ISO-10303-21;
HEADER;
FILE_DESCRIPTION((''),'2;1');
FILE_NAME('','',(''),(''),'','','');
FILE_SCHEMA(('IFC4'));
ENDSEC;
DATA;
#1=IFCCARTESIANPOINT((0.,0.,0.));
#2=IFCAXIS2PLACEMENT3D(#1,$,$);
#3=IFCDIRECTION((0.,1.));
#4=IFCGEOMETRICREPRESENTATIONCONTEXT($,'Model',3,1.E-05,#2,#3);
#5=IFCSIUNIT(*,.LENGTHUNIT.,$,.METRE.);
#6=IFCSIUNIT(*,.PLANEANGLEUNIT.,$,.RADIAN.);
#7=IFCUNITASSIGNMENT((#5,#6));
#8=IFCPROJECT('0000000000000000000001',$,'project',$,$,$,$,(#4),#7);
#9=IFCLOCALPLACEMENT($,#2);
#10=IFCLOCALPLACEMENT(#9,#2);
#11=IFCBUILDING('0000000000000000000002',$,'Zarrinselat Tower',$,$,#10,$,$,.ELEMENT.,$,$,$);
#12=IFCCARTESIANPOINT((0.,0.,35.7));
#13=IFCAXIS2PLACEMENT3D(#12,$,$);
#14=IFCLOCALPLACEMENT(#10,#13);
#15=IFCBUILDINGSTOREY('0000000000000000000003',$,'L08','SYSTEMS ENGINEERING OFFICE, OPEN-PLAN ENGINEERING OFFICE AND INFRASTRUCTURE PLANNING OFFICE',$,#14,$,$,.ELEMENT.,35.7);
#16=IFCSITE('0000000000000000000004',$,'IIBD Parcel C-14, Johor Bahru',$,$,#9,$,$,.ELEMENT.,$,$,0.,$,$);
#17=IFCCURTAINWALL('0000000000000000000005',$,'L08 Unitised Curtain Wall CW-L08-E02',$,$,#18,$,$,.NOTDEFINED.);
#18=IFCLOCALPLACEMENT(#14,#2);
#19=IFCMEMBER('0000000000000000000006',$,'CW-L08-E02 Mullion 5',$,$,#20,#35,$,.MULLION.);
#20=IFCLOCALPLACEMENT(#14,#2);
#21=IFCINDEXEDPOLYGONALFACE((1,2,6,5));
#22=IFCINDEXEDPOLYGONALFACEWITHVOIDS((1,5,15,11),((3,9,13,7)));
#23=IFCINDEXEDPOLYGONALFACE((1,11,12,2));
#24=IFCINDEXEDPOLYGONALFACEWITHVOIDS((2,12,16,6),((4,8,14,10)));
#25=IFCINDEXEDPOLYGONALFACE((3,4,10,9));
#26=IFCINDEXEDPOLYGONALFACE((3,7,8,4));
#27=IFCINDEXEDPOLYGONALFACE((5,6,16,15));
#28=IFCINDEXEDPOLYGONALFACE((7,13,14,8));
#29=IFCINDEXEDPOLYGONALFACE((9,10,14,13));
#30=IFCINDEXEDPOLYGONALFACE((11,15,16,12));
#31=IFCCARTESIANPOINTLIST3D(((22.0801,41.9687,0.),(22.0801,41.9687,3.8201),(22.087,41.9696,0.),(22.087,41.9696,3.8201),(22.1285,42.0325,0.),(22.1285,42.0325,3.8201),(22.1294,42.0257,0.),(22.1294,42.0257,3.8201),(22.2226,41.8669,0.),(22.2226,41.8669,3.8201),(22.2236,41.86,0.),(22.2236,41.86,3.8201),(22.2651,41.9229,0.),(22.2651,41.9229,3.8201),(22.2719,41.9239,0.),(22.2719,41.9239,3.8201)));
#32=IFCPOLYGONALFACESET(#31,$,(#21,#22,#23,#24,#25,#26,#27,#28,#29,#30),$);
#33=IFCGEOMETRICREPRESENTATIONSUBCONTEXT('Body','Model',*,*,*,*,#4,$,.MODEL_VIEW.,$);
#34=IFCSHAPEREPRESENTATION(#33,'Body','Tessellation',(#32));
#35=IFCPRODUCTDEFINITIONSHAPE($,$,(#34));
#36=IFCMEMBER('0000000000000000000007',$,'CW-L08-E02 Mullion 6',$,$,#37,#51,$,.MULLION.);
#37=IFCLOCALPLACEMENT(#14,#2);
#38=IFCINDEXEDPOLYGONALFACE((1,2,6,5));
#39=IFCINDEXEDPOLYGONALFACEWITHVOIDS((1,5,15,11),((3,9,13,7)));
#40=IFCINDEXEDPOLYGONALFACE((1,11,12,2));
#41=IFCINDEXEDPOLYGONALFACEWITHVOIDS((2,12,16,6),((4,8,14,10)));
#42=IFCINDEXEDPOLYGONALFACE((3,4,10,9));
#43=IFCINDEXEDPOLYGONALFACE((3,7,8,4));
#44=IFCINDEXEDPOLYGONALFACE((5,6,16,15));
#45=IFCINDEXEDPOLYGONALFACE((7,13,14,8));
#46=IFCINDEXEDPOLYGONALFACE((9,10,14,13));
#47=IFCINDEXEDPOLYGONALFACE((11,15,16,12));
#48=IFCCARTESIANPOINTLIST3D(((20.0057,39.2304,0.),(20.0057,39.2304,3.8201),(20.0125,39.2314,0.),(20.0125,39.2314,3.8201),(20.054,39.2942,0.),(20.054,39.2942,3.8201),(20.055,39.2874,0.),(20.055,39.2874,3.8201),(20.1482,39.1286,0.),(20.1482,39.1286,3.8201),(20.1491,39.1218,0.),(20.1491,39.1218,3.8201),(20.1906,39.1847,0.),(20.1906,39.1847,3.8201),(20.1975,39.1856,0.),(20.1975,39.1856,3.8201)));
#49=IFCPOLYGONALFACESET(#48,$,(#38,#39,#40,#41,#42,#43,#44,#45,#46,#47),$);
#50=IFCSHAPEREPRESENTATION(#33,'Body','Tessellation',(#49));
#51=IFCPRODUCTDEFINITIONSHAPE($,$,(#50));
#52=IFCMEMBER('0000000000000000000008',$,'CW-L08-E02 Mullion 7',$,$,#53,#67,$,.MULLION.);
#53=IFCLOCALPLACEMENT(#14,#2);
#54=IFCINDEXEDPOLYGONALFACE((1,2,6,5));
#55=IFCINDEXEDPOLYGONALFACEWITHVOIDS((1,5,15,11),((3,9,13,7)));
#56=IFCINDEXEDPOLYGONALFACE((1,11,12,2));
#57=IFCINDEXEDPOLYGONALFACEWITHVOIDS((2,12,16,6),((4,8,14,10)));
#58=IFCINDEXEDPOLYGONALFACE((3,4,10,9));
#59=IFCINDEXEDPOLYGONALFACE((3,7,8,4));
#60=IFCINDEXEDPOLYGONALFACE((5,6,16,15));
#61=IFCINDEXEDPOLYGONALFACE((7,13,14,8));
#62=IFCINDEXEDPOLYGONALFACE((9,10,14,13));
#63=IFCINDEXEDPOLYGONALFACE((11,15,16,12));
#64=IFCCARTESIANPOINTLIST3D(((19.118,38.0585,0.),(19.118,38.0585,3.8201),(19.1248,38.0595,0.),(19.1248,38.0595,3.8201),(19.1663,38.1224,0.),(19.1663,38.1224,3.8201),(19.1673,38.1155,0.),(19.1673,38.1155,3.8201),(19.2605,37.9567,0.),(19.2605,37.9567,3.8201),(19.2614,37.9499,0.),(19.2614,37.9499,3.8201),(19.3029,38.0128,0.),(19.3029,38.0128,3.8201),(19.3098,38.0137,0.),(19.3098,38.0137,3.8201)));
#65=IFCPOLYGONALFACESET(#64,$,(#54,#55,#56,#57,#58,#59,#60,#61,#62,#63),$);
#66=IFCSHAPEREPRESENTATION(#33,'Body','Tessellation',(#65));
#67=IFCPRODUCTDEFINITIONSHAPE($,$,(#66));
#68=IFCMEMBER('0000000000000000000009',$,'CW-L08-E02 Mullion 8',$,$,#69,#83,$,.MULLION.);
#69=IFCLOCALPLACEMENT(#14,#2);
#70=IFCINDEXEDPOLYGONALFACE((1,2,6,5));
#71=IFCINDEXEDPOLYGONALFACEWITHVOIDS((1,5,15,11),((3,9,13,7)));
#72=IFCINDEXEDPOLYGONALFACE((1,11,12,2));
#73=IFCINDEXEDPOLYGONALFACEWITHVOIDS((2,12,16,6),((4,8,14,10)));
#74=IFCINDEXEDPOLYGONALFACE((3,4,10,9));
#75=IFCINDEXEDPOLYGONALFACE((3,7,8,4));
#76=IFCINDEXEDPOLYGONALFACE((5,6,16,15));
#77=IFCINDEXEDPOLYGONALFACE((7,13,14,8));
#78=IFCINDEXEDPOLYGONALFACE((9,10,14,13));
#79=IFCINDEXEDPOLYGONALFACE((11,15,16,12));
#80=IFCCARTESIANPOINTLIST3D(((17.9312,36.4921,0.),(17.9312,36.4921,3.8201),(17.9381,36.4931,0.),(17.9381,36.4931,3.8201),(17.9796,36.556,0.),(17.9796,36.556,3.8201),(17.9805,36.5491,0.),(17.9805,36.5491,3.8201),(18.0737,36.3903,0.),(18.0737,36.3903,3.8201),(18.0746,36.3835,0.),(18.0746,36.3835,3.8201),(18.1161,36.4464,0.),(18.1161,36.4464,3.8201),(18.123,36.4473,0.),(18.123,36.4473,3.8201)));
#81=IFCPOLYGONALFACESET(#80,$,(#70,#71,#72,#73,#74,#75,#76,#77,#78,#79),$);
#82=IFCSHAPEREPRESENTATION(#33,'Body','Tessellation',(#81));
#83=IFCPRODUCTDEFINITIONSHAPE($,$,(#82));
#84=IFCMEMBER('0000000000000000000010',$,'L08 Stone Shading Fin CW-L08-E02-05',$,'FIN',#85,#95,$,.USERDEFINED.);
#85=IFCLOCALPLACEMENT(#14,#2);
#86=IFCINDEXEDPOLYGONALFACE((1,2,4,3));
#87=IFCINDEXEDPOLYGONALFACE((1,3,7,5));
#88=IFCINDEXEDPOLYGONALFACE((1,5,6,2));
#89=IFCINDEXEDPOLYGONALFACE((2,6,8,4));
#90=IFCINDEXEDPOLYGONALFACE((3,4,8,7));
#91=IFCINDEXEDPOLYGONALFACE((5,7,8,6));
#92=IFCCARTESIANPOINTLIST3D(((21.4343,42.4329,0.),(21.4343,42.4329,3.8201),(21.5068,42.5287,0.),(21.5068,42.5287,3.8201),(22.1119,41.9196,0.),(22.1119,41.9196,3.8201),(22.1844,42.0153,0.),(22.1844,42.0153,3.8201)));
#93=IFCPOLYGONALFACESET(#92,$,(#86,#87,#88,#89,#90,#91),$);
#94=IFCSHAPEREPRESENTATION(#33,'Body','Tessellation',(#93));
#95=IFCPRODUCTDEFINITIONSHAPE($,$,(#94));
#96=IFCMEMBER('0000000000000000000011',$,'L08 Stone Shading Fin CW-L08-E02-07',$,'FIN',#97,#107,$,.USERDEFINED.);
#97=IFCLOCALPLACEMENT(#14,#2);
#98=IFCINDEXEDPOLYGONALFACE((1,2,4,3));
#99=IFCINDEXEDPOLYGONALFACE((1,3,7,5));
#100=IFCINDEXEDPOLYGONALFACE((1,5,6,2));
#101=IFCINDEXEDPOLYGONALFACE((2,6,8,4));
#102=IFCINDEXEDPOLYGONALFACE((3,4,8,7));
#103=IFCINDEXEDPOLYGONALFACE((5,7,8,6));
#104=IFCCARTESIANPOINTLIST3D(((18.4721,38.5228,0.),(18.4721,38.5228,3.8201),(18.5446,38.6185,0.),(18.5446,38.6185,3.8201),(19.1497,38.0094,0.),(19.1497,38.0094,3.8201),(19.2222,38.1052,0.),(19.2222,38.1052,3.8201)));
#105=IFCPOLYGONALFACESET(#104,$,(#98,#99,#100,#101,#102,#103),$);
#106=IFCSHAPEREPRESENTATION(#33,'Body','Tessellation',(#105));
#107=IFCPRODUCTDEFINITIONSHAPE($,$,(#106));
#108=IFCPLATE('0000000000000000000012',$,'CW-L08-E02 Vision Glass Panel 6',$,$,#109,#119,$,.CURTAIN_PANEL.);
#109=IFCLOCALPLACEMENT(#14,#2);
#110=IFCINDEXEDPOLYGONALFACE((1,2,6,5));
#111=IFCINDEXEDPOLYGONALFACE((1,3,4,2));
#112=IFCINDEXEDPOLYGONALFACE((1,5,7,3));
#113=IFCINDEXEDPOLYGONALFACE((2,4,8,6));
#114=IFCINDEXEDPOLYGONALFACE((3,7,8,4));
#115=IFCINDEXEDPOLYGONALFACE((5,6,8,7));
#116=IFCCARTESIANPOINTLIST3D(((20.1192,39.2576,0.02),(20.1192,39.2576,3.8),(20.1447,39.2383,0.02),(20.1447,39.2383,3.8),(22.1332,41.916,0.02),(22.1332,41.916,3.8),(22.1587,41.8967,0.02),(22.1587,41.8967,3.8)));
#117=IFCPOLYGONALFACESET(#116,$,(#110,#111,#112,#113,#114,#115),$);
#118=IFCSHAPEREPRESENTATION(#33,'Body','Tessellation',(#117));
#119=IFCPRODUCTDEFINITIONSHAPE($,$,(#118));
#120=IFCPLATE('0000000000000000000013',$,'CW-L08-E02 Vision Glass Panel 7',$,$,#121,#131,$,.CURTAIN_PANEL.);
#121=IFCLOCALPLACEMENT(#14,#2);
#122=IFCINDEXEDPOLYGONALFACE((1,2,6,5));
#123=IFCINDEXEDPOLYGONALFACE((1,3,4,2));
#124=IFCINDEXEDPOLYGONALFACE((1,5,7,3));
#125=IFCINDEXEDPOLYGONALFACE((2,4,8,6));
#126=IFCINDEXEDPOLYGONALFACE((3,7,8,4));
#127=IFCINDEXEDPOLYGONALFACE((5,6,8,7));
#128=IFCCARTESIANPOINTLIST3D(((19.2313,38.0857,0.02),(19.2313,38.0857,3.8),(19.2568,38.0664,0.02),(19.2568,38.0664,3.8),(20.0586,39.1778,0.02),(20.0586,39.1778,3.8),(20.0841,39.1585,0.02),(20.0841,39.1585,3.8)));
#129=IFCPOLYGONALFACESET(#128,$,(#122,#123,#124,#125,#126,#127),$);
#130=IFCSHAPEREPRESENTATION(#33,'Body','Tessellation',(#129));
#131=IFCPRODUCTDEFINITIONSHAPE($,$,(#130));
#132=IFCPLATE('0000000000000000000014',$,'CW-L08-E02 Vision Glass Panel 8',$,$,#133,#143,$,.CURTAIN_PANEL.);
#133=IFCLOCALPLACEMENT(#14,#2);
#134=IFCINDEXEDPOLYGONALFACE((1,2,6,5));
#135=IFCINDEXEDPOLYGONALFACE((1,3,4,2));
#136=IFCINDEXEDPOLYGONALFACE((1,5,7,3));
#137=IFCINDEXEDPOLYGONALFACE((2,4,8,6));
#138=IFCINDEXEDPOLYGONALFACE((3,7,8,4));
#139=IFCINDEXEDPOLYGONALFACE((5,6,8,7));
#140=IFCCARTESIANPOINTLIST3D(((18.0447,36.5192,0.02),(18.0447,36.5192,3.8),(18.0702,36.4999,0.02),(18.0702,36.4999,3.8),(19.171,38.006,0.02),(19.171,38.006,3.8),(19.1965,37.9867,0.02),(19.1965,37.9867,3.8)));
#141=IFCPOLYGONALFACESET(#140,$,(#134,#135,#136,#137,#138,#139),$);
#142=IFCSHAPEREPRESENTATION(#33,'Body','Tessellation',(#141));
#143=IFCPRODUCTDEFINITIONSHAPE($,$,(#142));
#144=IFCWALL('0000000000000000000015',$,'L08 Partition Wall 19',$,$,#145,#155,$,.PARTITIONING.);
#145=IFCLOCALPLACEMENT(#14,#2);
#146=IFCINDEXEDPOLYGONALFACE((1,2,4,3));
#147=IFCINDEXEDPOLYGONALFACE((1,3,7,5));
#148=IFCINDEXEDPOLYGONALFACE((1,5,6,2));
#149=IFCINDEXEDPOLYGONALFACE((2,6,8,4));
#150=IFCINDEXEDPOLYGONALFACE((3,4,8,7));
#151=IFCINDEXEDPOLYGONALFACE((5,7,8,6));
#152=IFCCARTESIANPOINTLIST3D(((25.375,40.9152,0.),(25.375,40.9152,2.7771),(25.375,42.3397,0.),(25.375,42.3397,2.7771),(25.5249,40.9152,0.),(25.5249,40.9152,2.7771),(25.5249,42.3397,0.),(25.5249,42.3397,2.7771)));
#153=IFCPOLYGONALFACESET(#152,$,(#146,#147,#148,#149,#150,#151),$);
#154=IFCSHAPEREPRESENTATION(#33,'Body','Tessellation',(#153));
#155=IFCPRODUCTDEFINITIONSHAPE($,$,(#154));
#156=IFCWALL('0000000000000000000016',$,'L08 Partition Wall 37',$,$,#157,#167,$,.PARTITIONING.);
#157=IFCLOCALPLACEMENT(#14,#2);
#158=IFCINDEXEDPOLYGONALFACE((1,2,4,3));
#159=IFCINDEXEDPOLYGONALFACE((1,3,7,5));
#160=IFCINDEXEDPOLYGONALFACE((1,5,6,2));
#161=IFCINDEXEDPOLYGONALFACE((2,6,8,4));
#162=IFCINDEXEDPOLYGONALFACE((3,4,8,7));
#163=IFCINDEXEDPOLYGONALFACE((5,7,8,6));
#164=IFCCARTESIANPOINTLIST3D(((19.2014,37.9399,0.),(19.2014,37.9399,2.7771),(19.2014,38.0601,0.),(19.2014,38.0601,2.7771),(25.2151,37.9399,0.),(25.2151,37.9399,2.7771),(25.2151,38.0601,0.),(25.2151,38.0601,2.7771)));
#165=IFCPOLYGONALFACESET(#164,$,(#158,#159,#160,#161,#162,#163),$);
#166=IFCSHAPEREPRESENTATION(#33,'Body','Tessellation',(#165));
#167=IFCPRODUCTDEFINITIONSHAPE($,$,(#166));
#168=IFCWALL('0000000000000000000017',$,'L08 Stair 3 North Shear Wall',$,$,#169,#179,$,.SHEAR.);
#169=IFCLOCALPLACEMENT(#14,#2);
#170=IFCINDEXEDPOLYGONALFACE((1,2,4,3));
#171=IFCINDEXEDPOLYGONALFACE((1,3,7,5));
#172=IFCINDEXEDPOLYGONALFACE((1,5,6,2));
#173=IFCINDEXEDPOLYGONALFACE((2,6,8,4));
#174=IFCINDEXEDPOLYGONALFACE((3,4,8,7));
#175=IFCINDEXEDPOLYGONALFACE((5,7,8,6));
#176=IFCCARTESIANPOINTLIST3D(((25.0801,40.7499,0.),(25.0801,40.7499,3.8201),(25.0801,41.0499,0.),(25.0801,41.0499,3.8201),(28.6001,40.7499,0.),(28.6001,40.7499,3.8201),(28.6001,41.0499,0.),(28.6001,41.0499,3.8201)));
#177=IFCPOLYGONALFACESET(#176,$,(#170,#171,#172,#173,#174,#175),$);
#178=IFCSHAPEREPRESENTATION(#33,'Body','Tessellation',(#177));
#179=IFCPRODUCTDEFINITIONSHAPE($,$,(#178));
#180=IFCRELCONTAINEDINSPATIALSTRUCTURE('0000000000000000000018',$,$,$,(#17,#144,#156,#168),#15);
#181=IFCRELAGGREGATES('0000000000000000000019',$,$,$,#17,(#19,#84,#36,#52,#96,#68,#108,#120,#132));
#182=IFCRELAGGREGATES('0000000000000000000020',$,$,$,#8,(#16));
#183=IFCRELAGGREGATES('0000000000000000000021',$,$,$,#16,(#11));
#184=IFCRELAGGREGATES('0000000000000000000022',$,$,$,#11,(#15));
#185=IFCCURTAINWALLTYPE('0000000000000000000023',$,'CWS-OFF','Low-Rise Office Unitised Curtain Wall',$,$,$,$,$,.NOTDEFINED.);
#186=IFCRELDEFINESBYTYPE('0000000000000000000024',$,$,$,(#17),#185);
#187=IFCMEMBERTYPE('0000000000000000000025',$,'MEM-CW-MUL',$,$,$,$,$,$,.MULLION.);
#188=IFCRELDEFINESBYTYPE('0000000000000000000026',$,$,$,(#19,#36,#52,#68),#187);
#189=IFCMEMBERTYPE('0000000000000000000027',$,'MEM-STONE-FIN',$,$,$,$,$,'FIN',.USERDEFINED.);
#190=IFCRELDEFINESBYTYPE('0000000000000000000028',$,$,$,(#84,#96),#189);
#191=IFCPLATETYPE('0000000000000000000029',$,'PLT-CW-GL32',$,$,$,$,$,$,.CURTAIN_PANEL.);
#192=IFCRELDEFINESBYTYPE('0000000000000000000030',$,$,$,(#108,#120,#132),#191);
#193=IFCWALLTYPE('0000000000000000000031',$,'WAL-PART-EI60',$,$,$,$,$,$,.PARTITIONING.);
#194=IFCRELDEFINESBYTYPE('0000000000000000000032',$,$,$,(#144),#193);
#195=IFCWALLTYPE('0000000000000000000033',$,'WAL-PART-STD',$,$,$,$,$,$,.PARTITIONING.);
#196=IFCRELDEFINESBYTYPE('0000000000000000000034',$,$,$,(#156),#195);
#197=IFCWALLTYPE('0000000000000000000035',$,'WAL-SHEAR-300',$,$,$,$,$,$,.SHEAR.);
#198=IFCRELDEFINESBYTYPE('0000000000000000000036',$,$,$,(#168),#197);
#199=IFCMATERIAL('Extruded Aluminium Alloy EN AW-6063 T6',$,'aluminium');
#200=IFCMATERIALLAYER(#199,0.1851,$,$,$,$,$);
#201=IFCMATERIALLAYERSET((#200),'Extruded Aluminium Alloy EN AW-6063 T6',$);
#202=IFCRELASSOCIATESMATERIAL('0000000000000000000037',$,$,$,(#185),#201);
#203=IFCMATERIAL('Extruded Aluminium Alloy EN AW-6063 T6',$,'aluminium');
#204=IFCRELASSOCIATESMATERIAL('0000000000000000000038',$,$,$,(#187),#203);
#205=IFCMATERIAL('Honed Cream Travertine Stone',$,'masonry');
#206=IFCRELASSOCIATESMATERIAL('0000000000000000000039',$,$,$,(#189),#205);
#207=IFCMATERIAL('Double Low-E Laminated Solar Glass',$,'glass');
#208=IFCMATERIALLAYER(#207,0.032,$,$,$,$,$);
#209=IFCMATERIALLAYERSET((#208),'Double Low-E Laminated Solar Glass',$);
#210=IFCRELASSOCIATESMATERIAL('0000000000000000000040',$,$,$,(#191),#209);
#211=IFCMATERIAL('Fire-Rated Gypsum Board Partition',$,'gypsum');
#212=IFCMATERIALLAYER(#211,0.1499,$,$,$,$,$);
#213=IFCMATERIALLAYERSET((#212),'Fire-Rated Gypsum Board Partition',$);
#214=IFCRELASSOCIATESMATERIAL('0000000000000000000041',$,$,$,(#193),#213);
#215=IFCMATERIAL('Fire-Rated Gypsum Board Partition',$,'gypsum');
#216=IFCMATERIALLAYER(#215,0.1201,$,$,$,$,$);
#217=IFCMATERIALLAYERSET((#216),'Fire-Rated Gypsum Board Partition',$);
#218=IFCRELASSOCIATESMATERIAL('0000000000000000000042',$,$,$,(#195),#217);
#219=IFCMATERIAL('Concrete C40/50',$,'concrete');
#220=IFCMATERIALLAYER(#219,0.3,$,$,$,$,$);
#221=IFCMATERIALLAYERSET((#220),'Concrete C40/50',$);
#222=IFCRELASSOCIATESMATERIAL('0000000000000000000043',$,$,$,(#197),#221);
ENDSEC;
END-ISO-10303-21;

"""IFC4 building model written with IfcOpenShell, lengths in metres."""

from ifc_helpers import new_model, si_unit, direction, frame, frame_2d, origin, origin_2d, place, context, subcontext, project, spatial, rectangle, hollow_rectangle, extrude, material, layer, layer_set, material_profile, profile_set, type_object, element, aggregate, save


model = new_model("IFC4")

# Units and contexts
model_context = context("Model", 3, precision=1e-05, world=origin(), true_north=direction((0.0, 1.0)))
body_context = subcontext(model_context, "Body", "Model", "MODEL_VIEW")
ifc_project = project(units=[si_unit("LENGTHUNIT", "METRE"), si_unit("PLANEANGLEUNIT", "RADIAN")], contexts=[model_context])

# Site, building, storey
site_placement = place(None, origin())
site = spatial("IfcSite", under=ifc_project, at=site_placement, Name="IIBD Parcel C-14, Johor Bahru", CompositionType="ELEMENT", RefElevation=0.0)
building_placement = place(site_placement, origin())
building = spatial("IfcBuilding", under=site, at=building_placement, Name="Zarrinselat Tower", CompositionType="ELEMENT")
storey_placement = place(building_placement, frame((0.0, 0.0, 35.7)))
storey = spatial("IfcBuildingStorey", under=building, at=storey_placement, Name="L08", Description="SYSTEMS ENGINEERING OFFICE, OPEN-PLAN ENGINEERING OFFICE AND INFRASTRUCTURE PLANNING OFFICE", CompositionType="ELEMENT", Elevation=35.7)

# Curtain wall, members, plates
ifc_material_1 = material(Name="Extruded Aluminium Alloy EN AW-6063 T6", Category="aluminium")
ifc_layer_1 = layer(ifc_material_1, 0.1851)
ifc_layer_set_1 = layer_set([ifc_layer_1], Name="Extruded Aluminium Alloy EN AW-6063 T6")
curtain_wall_type = type_object("IfcCurtainWallType", Name="CWS-OFF", Description="Low-Rise Office Unitised Curtain Wall", PredefinedType="NOTDEFINED", material=ifc_layer_set_1)
curtain_wall_placement = place(storey_placement, origin())
curtain_wall = element("IfcCurtainWall", 1, at=curtain_wall_placement, inside=storey, type_object=curtain_wall_type, Name="L08 Unitised Curtain Wall CW-L08-E02", PredefinedType="NOTDEFINED")
ifc_material_2 = material(Name="Extruded Aluminium Alloy EN AW-6063 T6", Category="aluminium")
ifc_material_profile_1 = material_profile(ifc_material_2, hollow_rectangle(XDim=0.0801, YDim=0.1799, WallThickness=0.0049, at=origin_2d()), Name="RHS 180x80x5")
ifc_profile_set_1 = profile_set([ifc_material_profile_1], Name="Extruded Aluminium Alloy EN AW-6063 T6")
member_type_1 = type_object("IfcMemberType", Name="MEM-CW-MUL", PredefinedType="MULLION", material=ifc_profile_set_1)
member_1_placement = place(storey_placement, frame((22.176, 41.9463, 0.0), z_axis=(0.0, 0.0, 1.0), x_axis=(-0.603859, -0.797091, 0.0)))
member_1 = element("IfcMember", 2, at=member_1_placement, type_object=member_type_1, Name="CW-L08-E02 Mullion 5", PredefinedType="MULLION", context=body_context, shape_type="SweptSolid", body=[
    extrude(hollow_rectangle(XDim=0.0801, YDim=0.1799, WallThickness=0.0049, at=origin_2d()), origin(), (0.0, 0.0, 1.0), 3.8201),
])
member_2_placement = place(storey_placement, frame((20.1016, 39.208, 0.0), z_axis=(0.0, 0.0, 1.0), x_axis=(-0.603859, -0.797091, 0.0)))
member_2 = element("IfcMember", 3, at=member_2_placement, type_object=member_type_1, Name="CW-L08-E02 Mullion 6", PredefinedType="MULLION", context=body_context, shape_type="SweptSolid", body=[
    extrude(hollow_rectangle(XDim=0.0801, YDim=0.1799, WallThickness=0.0049, at=origin_2d()), origin(), (0.0, 0.0, 1.0), 3.8201),
])
member_3_placement = place(storey_placement, frame((19.2139, 38.0361, 0.0), z_axis=(0.0, 0.0, 1.0), x_axis=(-0.603859, -0.797091, 0.0)))
member_3 = element("IfcMember", 4, at=member_3_placement, type_object=member_type_1, Name="CW-L08-E02 Mullion 7", PredefinedType="MULLION", context=body_context, shape_type="SweptSolid", body=[
    extrude(hollow_rectangle(XDim=0.0801, YDim=0.1799, WallThickness=0.0049, at=origin_2d()), origin(), (0.0, 0.0, 1.0), 3.8201),
])
member_4_placement = place(storey_placement, frame((18.0271, 36.4697, 0.0), z_axis=(0.0, 0.0, 1.0), x_axis=(-0.603859, -0.797091, 0.0)))
member_4 = element("IfcMember", 5, at=member_4_placement, type_object=member_type_1, Name="CW-L08-E02 Mullion 8", PredefinedType="MULLION", context=body_context, shape_type="SweptSolid", body=[
    extrude(hollow_rectangle(XDim=0.0801, YDim=0.1799, WallThickness=0.0049, at=origin_2d()), origin(), (0.0, 0.0, 1.0), 3.8201),
])
ifc_material_3 = material(Name="Honed Cream Travertine Stone", Category="masonry")
ifc_material_profile_2 = material_profile(ifc_material_3, rectangle(XDim=0.1201, YDim=0.8501, at=origin_2d()), Name="FIN 850x120")
ifc_profile_set_2 = profile_set([ifc_material_profile_2], Name="Honed Cream Travertine Stone")
member_type_2 = type_object("IfcMemberType", Name="MEM-STONE-FIN", ElementType="FIN", PredefinedType="USERDEFINED", material=ifc_profile_set_2)
member_5_placement = place(storey_placement, frame((21.8093, 42.2241, 0.0), z_axis=(0.0, 0.0, 1.0), x_axis=(0.603859, 0.797091, 0.0)))
member_5 = element("IfcMember", 6, at=member_5_placement, type_object=member_type_2, Name="L08 Stone Shading Fin CW-L08-E02-05", ObjectType="FIN", PredefinedType="USERDEFINED", context=body_context, shape_type="SweptSolid", body=[
    extrude(rectangle(XDim=0.1201, YDim=0.8501, at=origin_2d()), origin(), (0.0, 0.0, 1.0), 3.8201),
])
member_6_placement = place(storey_placement, frame((18.8472, 38.314, 0.0), z_axis=(0.0, 0.0, 1.0), x_axis=(0.603859, 0.797091, 0.0)))
member_6 = element("IfcMember", 7, at=member_6_placement, type_object=member_type_2, Name="L08 Stone Shading Fin CW-L08-E02-07", ObjectType="FIN", PredefinedType="USERDEFINED", context=body_context, shape_type="SweptSolid", body=[
    extrude(rectangle(XDim=0.1201, YDim=0.8501, at=origin_2d()), origin(), (0.0, 0.0, 1.0), 3.8201),
])
ifc_material_4 = material(Name="Double Low-E Laminated Solar Glass", Category="glass")
ifc_layer_2 = layer(ifc_material_4, 0.032)
ifc_layer_set_2 = layer_set([ifc_layer_2], Name="Double Low-E Laminated Solar Glass")
plate_type = type_object("IfcPlateType", Name="PLT-CW-GL32", PredefinedType="CURTAIN_PANEL", material=ifc_layer_set_2)
plate_1_placement = place(storey_placement, frame((21.1389, 40.5771, 0.02), z_axis=(0.0, 0.0, 1.0), x_axis=(-0.603859, -0.797091, 0.0)))
plate_1 = element("IfcPlate", 8, at=plate_1_placement, type_object=plate_type, Name="CW-L08-E02 Vision Glass Panel 6", PredefinedType="CURTAIN_PANEL", context=body_context, shape_type="SweptSolid", body=[
    extrude(rectangle(XDim=3.3352, YDim=0.032, at=origin_2d()), origin(), (0.0, 0.0, 1.0), 3.78),
])
plate_2_placement = place(storey_placement, frame((19.6577, 38.6221, 0.02), z_axis=(0.0, 0.0, 1.0), x_axis=(-0.603859, -0.797091, 0.0)))
plate_2 = element("IfcPlate", 9, at=plate_2_placement, type_object=plate_type, Name="CW-L08-E02 Vision Glass Panel 7", PredefinedType="CURTAIN_PANEL", context=body_context, shape_type="SweptSolid", body=[
    extrude(rectangle(XDim=1.3701, YDim=0.032, at=origin_2d()), origin(), (0.0, 0.0, 1.0), 3.78),
])
plate_3_placement = place(storey_placement, frame((18.6206, 37.2529, 0.02), z_axis=(0.0, 0.0, 1.0), x_axis=(-0.603859, -0.797091, 0.0)))
plate_3 = element("IfcPlate", 10, at=plate_3_placement, type_object=plate_type, Name="CW-L08-E02 Vision Glass Panel 8", PredefinedType="CURTAIN_PANEL", context=body_context, shape_type="SweptSolid", body=[
    extrude(rectangle(XDim=1.8652, YDim=0.032, at=origin_2d()), origin(), (0.0, 0.0, 1.0), 3.78),
])
aggregate(curtain_wall, [member_1, member_5, member_2, member_3, member_6, member_4, plate_1, plate_2, plate_3])

# Walls
ifc_material_5 = material(Name="Fire-Rated Gypsum Board Partition", Category="gypsum")
ifc_layer_3 = layer(ifc_material_5, 0.1499)
ifc_layer_set_3 = layer_set([ifc_layer_3], Name="Fire-Rated Gypsum Board Partition")
wall_type_1 = type_object("IfcWallType", Name="WAL-PART-EI60", PredefinedType="PARTITIONING", material=ifc_layer_set_3)
wall_1_placement = place(storey_placement, frame((25.45, 40.915, 0.0), z_axis=(0.0, 0.0, 1.0), x_axis=(0.0, 1.0, 0.0)))
element("IfcWall", 11, at=wall_1_placement, inside=storey, type_object=wall_type_1, Name="L08 Partition Wall 19", PredefinedType="PARTITIONING", context=body_context, shape_type="SweptSolid", body=[
    extrude(rectangle(XDim=1.4246, YDim=0.1499, at=frame_2d((0.7124, 0.0))), origin(), (0.0, 0.0, 1.0), 2.7771),
])
ifc_material_6 = material(Name="Fire-Rated Gypsum Board Partition", Category="gypsum")
ifc_layer_4 = layer(ifc_material_6, 0.1201)
ifc_layer_set_4 = layer_set([ifc_layer_4], Name="Fire-Rated Gypsum Board Partition")
wall_type_2 = type_object("IfcWallType", Name="WAL-PART-STD", PredefinedType="PARTITIONING", material=ifc_layer_set_4)
wall_2_placement = place(storey_placement, frame((19.2014, 38.0, 0.0), z_axis=(0.0, 0.0, 1.0), x_axis=(1.0, 0.0, 0.0)))
element("IfcWall", 12, at=wall_2_placement, inside=storey, type_object=wall_type_2, Name="L08 Partition Wall 37", PredefinedType="PARTITIONING", context=body_context, shape_type="SweptSolid", body=[
    extrude(rectangle(XDim=6.0137, YDim=0.1201, at=frame_2d((3.0068, 0.0))), origin(), (0.0, 0.0, 1.0), 2.7771),
])
ifc_material_7 = material(Name="Concrete C40/50", Category="concrete")
ifc_layer_5 = layer(ifc_material_7, 0.3)
ifc_layer_set_5 = layer_set([ifc_layer_5], Name="Concrete C40/50")
wall_type_3 = type_object("IfcWallType", Name="WAL-SHEAR-300", PredefinedType="SHEAR", material=ifc_layer_set_5)
wall_3_placement = place(storey_placement, frame((25.0801, 40.8999, 0.0), z_axis=(0.0, 0.0, 1.0), x_axis=(1.0, 0.0, 0.0)))
element("IfcWall", 13, at=wall_3_placement, inside=storey, type_object=wall_type_3, Name="L08 Stair 3 North Shear Wall", PredefinedType="SHEAR", context=body_context, shape_type="SweptSolid", body=[
    extrude(rectangle(XDim=3.52, YDim=0.3, at=frame_2d((1.76, 0.0))), origin(), (0.0, 0.0, 1.0), 3.8201),
])

save(model, "model.ifc")
